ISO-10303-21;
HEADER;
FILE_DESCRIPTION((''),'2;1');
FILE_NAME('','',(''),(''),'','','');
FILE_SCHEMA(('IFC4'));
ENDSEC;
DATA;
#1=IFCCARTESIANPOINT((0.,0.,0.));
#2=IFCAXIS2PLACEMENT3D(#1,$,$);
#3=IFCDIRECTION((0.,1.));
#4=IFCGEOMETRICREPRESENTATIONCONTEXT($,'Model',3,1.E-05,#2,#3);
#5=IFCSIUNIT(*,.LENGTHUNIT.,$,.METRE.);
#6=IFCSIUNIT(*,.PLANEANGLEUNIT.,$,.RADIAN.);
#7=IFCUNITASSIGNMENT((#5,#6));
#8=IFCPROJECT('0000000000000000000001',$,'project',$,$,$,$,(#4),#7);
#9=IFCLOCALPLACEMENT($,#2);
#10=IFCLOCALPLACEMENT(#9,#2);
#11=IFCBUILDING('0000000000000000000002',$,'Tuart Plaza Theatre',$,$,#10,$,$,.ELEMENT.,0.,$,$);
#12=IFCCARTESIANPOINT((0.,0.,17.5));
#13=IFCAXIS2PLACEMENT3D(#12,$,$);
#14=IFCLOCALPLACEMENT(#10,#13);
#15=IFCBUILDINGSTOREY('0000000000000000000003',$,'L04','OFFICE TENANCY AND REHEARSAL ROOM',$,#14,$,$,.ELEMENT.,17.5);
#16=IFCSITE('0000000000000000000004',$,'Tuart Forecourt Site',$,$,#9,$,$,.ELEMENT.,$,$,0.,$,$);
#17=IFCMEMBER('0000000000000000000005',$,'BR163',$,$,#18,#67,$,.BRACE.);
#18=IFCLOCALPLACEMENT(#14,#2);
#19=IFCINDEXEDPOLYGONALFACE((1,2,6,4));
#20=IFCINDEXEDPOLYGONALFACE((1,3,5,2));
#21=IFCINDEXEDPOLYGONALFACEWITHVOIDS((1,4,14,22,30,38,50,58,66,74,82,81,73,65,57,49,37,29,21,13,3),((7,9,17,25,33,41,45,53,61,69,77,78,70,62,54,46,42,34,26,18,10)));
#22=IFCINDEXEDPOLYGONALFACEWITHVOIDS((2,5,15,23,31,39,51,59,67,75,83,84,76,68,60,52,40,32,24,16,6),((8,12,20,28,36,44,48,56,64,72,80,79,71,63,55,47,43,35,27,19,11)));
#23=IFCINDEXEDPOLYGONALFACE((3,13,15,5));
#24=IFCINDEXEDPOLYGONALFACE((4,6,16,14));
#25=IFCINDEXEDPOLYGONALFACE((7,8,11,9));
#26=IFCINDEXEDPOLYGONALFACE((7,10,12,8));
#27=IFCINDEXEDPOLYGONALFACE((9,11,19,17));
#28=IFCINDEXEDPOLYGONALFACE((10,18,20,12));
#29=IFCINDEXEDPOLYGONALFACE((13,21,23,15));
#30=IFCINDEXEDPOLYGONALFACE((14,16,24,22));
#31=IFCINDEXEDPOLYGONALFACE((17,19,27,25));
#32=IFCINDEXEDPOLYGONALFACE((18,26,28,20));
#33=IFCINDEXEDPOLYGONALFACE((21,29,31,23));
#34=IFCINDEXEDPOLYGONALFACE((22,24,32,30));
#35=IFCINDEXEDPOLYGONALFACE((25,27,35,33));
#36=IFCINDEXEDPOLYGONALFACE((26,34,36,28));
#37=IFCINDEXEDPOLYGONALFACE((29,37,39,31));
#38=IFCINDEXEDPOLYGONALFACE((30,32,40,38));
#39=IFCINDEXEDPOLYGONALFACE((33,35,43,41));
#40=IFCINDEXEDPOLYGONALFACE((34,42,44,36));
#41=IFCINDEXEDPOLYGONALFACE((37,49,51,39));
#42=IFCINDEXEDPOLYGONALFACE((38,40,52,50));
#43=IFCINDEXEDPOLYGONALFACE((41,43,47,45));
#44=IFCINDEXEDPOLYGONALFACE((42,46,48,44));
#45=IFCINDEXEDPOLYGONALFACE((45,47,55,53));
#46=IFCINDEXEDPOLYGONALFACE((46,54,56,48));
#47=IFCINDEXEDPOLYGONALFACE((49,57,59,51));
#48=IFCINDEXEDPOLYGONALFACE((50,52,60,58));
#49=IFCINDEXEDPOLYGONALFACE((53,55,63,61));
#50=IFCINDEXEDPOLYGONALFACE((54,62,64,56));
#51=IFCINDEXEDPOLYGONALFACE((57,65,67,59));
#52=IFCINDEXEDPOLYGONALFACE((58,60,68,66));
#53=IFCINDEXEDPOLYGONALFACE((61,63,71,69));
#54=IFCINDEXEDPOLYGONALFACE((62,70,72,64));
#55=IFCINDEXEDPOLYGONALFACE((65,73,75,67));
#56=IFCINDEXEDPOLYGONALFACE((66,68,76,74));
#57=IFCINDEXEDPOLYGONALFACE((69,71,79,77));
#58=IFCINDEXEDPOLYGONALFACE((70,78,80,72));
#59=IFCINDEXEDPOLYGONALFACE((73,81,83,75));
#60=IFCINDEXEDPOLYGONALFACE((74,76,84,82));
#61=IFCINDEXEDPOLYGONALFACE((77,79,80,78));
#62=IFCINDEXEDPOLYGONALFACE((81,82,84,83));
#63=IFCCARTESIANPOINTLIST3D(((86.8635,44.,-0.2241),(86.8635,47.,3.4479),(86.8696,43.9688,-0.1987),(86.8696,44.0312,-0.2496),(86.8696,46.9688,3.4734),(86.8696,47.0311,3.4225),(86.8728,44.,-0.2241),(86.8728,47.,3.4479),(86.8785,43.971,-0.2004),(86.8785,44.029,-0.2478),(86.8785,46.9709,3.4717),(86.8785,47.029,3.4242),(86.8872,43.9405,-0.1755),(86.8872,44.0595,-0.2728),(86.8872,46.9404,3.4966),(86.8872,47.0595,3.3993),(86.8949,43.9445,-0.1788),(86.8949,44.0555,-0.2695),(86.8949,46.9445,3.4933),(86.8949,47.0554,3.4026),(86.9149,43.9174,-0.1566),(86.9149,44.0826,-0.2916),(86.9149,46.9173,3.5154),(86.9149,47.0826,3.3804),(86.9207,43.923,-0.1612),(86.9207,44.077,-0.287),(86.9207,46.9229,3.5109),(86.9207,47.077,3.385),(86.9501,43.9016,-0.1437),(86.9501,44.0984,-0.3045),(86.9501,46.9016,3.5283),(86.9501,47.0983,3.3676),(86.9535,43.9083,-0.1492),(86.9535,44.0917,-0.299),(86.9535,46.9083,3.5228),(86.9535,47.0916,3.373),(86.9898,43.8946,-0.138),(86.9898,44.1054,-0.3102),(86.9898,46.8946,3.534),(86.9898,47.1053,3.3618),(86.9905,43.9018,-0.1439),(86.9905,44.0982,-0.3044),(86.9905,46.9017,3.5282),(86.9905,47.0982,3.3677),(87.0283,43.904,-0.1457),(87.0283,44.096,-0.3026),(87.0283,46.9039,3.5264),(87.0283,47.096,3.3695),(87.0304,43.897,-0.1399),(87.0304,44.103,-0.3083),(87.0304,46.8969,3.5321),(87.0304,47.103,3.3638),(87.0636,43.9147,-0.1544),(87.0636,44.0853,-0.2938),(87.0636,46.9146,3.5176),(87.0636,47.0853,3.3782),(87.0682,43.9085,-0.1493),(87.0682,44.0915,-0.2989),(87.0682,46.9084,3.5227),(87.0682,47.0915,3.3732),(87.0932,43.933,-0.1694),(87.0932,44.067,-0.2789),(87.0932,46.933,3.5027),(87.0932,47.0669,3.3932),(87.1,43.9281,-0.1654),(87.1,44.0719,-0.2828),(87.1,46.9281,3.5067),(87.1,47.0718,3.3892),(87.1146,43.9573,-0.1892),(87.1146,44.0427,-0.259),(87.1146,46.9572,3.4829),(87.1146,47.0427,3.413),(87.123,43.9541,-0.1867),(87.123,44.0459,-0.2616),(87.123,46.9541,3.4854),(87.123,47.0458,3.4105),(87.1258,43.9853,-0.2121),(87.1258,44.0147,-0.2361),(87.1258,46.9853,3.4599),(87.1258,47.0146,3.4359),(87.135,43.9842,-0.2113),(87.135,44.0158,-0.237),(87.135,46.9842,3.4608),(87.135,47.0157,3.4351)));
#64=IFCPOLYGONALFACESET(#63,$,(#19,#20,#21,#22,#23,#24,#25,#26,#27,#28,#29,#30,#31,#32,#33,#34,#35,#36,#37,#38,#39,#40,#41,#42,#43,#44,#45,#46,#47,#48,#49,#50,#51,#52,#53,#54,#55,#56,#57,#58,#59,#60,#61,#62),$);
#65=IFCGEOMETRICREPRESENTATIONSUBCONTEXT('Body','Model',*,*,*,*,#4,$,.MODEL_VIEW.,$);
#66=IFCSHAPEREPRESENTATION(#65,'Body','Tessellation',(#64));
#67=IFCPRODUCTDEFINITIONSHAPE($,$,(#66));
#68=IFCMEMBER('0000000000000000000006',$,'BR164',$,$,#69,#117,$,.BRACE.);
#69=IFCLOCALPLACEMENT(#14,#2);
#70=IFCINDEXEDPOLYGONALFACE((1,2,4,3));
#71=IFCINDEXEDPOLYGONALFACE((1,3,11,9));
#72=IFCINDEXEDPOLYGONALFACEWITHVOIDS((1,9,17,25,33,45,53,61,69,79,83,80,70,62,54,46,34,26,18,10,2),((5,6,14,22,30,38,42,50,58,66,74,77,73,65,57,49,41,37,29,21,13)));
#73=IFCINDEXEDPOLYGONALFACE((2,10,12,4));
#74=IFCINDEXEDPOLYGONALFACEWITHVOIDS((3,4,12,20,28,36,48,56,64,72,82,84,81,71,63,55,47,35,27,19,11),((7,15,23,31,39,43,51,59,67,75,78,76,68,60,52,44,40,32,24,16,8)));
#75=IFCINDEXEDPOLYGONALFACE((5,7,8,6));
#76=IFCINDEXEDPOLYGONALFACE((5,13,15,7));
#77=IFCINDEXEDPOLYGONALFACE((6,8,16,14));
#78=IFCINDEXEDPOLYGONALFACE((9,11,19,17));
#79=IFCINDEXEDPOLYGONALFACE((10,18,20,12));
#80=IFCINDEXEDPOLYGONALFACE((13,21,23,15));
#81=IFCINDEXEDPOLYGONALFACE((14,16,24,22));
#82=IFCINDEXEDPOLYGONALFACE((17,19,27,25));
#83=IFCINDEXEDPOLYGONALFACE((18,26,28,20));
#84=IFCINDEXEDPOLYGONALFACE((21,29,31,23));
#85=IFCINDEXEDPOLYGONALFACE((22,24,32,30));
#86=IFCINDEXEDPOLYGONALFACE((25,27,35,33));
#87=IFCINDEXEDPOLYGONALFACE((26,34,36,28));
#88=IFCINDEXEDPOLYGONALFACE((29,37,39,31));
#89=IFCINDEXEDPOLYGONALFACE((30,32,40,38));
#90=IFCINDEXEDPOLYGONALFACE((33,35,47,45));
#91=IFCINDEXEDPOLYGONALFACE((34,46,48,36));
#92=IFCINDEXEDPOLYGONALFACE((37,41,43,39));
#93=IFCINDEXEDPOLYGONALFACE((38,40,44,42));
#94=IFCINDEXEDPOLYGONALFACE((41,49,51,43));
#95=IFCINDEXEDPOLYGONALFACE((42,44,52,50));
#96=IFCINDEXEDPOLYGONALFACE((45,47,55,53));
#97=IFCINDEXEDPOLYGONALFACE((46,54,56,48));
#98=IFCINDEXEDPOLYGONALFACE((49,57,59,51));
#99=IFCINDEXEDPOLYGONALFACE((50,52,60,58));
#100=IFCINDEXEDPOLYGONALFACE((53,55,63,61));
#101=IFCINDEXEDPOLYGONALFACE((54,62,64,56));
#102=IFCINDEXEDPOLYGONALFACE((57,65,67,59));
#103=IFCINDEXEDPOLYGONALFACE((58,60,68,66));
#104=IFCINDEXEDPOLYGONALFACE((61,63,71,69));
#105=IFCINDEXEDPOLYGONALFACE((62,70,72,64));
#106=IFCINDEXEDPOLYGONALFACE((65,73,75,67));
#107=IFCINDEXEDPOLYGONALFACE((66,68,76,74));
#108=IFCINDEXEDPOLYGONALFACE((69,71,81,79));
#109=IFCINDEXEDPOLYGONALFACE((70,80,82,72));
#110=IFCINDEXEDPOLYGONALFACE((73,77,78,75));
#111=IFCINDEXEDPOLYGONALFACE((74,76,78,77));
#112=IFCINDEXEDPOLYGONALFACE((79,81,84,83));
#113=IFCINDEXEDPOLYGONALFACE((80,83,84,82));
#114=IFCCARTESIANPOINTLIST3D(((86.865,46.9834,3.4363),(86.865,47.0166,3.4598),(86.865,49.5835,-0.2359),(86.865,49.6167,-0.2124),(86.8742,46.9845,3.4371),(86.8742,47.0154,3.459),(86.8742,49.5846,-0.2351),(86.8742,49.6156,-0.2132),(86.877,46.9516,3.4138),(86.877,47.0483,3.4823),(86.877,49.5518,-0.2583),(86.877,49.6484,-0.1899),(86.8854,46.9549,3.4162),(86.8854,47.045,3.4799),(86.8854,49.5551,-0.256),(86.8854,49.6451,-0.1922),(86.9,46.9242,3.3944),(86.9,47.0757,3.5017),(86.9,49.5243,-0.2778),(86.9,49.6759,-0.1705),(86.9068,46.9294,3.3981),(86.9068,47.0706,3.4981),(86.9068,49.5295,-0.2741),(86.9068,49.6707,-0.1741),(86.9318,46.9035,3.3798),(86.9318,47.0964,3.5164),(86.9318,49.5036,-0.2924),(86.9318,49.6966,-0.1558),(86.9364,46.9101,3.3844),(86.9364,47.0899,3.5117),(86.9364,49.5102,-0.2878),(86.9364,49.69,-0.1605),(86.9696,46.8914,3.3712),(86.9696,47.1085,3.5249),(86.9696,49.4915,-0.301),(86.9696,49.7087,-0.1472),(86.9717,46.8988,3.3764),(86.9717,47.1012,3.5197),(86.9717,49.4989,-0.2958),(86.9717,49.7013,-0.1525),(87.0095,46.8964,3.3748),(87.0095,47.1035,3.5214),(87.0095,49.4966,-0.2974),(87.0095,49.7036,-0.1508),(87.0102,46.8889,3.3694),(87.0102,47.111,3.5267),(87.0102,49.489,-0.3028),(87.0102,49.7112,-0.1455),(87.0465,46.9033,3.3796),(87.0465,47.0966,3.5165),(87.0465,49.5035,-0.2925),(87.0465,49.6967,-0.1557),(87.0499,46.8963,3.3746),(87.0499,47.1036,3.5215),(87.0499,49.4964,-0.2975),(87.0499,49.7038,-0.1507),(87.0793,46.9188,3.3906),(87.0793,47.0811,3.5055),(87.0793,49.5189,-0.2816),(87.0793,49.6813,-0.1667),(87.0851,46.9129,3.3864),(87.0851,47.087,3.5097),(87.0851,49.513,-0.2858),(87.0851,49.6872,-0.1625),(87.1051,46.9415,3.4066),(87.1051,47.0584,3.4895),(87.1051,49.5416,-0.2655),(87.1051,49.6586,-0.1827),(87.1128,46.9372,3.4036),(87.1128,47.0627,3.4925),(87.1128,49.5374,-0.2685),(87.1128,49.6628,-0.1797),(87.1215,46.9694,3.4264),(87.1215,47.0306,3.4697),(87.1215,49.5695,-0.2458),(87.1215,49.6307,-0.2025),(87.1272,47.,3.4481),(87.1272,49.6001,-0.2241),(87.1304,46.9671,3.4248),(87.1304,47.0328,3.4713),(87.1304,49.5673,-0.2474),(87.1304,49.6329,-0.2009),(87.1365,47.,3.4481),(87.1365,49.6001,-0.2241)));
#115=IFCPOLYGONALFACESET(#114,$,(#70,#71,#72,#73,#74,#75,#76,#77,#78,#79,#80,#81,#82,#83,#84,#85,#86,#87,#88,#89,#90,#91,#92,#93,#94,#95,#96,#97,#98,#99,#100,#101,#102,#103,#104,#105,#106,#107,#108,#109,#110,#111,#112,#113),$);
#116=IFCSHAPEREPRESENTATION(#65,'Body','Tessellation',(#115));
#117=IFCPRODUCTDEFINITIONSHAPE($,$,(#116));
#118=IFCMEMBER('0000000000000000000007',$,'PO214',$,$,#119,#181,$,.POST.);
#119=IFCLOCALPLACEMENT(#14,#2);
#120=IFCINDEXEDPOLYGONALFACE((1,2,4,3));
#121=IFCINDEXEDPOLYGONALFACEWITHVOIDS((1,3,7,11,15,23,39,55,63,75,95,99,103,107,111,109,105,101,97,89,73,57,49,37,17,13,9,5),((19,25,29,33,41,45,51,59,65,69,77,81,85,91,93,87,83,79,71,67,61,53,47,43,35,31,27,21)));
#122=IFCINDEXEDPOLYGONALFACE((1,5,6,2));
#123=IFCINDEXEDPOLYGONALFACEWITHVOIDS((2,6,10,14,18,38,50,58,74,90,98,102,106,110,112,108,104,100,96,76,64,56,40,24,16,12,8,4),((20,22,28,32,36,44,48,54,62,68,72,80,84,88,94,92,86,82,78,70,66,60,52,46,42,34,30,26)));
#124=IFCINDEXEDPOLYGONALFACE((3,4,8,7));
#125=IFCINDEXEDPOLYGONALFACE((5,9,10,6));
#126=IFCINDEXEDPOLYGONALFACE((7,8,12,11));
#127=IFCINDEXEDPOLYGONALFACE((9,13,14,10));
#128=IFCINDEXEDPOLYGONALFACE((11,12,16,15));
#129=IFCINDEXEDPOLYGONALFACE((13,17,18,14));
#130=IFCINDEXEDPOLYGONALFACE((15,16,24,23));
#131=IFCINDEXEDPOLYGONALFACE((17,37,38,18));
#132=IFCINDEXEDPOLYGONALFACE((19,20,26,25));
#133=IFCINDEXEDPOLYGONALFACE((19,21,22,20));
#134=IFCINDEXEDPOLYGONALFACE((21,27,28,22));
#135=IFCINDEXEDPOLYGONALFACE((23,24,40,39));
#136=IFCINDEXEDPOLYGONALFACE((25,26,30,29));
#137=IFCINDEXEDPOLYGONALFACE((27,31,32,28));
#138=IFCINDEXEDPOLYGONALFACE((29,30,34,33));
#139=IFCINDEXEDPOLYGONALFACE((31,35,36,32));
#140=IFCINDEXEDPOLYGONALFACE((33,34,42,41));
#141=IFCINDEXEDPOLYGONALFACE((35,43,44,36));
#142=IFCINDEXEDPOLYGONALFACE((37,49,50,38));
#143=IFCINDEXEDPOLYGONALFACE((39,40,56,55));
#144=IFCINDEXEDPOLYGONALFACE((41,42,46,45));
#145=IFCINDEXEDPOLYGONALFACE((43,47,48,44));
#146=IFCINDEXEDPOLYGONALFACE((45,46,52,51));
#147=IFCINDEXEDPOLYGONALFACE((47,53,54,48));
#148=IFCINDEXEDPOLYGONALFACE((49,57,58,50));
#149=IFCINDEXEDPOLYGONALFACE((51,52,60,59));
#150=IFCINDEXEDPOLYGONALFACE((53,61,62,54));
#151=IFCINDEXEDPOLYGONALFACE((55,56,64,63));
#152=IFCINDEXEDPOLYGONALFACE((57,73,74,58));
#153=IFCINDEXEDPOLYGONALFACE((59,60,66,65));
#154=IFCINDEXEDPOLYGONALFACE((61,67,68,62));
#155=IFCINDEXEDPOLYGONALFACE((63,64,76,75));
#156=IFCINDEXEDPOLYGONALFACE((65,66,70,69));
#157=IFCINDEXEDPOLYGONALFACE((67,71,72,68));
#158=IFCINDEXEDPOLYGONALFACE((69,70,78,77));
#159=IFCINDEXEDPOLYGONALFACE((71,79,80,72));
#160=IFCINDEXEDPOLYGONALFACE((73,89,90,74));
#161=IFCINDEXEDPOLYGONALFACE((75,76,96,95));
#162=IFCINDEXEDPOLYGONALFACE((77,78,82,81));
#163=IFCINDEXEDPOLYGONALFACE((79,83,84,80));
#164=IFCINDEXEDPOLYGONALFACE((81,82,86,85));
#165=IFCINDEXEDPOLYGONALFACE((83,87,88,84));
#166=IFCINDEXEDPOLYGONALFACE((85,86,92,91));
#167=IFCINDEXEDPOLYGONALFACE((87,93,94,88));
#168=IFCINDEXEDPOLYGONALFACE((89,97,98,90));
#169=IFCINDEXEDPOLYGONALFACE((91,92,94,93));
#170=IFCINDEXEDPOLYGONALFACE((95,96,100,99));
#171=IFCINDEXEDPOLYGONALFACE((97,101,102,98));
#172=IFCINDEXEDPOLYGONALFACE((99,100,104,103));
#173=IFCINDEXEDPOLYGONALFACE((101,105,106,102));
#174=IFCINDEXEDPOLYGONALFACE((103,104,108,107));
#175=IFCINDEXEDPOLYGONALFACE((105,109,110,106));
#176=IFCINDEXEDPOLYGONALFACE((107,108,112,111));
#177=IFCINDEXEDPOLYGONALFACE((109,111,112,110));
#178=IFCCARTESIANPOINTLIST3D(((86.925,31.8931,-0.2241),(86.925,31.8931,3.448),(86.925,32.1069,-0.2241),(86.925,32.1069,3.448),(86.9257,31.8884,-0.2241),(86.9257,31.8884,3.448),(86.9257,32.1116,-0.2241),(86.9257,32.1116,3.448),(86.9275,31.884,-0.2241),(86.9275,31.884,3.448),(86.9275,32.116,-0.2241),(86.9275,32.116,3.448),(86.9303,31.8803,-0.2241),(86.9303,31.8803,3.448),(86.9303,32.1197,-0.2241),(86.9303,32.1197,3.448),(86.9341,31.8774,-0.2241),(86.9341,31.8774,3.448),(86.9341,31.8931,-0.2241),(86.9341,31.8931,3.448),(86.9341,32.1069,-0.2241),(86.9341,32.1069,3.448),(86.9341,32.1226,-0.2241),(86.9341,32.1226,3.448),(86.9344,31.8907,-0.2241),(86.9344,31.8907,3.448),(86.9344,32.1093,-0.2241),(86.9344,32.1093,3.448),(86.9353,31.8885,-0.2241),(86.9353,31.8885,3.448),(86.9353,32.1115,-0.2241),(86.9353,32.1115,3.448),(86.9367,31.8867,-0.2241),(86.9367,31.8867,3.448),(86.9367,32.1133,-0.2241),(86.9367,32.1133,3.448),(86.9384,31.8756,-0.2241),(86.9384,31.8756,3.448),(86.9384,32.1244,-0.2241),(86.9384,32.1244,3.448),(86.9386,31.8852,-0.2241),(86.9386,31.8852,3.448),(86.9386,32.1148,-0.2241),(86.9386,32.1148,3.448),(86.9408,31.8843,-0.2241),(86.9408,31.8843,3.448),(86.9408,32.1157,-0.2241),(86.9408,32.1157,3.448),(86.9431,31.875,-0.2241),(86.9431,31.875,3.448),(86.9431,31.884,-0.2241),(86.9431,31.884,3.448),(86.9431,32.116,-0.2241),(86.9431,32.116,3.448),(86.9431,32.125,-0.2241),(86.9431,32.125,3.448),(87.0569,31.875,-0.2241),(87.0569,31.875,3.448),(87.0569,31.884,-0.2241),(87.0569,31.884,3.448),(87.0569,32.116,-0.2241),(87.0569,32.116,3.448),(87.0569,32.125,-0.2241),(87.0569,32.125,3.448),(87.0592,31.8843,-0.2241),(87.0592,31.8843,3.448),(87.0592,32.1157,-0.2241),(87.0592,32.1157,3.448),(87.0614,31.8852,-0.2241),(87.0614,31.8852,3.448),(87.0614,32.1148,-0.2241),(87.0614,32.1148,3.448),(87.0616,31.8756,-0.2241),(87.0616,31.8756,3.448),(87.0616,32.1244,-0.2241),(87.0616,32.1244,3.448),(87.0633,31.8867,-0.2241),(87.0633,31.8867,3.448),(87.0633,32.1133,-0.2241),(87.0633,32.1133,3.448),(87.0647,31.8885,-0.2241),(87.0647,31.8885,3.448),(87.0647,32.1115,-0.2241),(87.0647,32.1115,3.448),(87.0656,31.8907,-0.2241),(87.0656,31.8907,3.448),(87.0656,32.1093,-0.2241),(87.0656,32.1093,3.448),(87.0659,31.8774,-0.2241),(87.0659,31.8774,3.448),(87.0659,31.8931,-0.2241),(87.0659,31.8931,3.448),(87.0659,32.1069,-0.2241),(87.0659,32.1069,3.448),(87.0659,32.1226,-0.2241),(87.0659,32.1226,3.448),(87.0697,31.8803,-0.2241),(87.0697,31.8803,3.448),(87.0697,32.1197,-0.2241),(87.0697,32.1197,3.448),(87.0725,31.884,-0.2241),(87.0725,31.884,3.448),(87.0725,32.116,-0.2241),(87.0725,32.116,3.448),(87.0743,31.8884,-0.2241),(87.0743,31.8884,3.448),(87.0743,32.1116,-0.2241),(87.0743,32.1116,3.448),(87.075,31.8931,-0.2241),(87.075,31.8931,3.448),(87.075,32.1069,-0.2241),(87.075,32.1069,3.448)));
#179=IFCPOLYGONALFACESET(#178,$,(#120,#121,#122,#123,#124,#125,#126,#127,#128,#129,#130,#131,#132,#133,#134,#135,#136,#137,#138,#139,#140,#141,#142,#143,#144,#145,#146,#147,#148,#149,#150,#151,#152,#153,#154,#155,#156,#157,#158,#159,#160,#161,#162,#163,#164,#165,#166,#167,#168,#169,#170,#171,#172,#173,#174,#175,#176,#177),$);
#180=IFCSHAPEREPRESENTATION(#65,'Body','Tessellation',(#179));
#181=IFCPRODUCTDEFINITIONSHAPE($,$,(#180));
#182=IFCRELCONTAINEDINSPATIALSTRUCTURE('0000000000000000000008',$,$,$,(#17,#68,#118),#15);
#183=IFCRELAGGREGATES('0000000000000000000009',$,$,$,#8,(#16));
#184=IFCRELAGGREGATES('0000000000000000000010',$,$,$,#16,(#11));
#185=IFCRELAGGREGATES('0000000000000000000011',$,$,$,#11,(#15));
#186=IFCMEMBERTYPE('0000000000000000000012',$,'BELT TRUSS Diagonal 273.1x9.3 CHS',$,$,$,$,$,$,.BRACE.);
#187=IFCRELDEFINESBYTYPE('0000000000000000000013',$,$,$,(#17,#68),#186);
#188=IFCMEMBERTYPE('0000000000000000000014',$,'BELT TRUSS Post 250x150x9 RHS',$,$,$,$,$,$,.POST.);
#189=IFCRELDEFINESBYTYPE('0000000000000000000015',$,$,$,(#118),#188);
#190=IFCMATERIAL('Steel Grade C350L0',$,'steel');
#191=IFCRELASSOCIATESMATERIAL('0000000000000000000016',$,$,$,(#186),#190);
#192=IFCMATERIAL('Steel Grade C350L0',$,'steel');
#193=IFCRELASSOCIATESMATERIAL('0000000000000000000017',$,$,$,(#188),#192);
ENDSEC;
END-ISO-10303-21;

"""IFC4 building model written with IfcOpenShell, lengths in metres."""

from ifc_helpers import new_model, si_unit, direction, frame, origin, origin_2d, place, context, subcontext, project, spatial, hollow_rectangle, hollow_circle, extrude, material, material_profile, profile_set, type_object, element, save


model = new_model("IFC4")

# Units and contexts
model_context = context("Model", 3, precision=1e-05, world=origin(), true_north=direction((0.0, 1.0)))
body_context = subcontext(model_context, "Body", "Model", "MODEL_VIEW")
ifc_project = project(units=[si_unit("LENGTHUNIT", "METRE"), si_unit("PLANEANGLEUNIT", "RADIAN")], contexts=[model_context])

# Site, building, storey
site_placement = place(None, origin())
site = spatial("IfcSite", under=ifc_project, at=site_placement, Name="Tuart Forecourt Site", CompositionType="ELEMENT", RefElevation=0.0)
building_placement = place(site_placement, origin())
building = spatial("IfcBuilding", under=site, at=building_placement, Name="Tuart Plaza Theatre", CompositionType="ELEMENT", ElevationOfRefHeight=0.0)
storey_placement = place(building_placement, frame((0.0, 0.0, 17.5)))
storey = spatial("IfcBuildingStorey", under=building, at=storey_placement, Name="L04", Description="OFFICE TENANCY AND REHEARSAL ROOM", CompositionType="ELEMENT", Elevation=17.5)

# Members
ifc_material_1 = material(Name="Steel Grade C350L0", Category="steel")
ifc_material_profile_1 = material_profile(ifc_material_1, hollow_circle(Radius=0.1365, WallThickness=0.0093, at=origin_2d()), Name="273.1x9.3 CHS")
ifc_profile_set_1 = profile_set([ifc_material_profile_1], Name="Steel Grade C350L0")
member_type_1 = type_object("IfcMemberType", Name="BELT TRUSS Diagonal 273.1x9.3 CHS", PredefinedType="BRACE", material=ifc_profile_set_1)
for number, where, z_axis, x_axis, name in (
    (1, (87.0, 44.0, -0.2241), (0.0, 0.632674, 0.774418), (-1.0, 0.0, 0.0), "BR163"),
):
    element("IfcMember", number, at=place(storey_placement, frame(where, z_axis=z_axis, x_axis=x_axis)), inside=storey, type_object=member_type_1, Name=name, PredefinedType="BRACE", context=body_context, shape_type="SweptSolid", body=[
        extrude(hollow_circle(Radius=0.1365, WallThickness=0.0093, at=origin_2d()), origin(), (0.0, 0.0, 1.0), 4.7417),
    ])
member_1_placement = place(storey_placement, frame((87.0, 49.6001, -0.2241), z_axis=(0.0, -0.577871, 0.816128), x_axis=(1.0, 0.0, 0.0)))
element("IfcMember", 2, at=member_1_placement, inside=storey, type_object=member_type_1, Name="BR164", PredefinedType="BRACE", context=body_context, shape_type="SweptSolid", body=[
    extrude(hollow_circle(Radius=0.1365, WallThickness=0.0093, at=origin_2d()), origin(), (0.0, 0.0, 1.0), 4.4995),
])
ifc_material_2 = material(Name="Steel Grade C350L0", Category="steel")
ifc_material_profile_2 = material_profile(ifc_material_2, hollow_rectangle(XDim=0.1499, YDim=0.25, WallThickness=0.009, InnerFilletRadius=0.009, OuterFilletRadius=0.0181, at=origin_2d()), Name="250x150x9 RHS")
ifc_profile_set_2 = profile_set([ifc_material_profile_2], Name="Steel Grade C350L0")
member_type_2 = type_object("IfcMemberType", Name="BELT TRUSS Post 250x150x9 RHS", PredefinedType="POST", material=ifc_profile_set_2)
for number, where, z_axis, x_axis, name in (
    (3, (87.0, 32.0, -0.2241), (0.0, 0.0, 1.0), (1.0, 0.0, 0.0), "PO214"),
):
    element("IfcMember", number, at=place(storey_placement, frame(where, z_axis=z_axis, x_axis=x_axis)), inside=storey, type_object=member_type_2, Name=name, PredefinedType="POST", context=body_context, shape_type="SweptSolid", body=[
        extrude(hollow_rectangle(XDim=0.1499, YDim=0.25, WallThickness=0.009, InnerFilletRadius=0.009, OuterFilletRadius=0.0181, at=origin_2d()), origin(), (0.0, 0.0, 1.0), 3.6721),
    ])

save(model, "model.ifc")
